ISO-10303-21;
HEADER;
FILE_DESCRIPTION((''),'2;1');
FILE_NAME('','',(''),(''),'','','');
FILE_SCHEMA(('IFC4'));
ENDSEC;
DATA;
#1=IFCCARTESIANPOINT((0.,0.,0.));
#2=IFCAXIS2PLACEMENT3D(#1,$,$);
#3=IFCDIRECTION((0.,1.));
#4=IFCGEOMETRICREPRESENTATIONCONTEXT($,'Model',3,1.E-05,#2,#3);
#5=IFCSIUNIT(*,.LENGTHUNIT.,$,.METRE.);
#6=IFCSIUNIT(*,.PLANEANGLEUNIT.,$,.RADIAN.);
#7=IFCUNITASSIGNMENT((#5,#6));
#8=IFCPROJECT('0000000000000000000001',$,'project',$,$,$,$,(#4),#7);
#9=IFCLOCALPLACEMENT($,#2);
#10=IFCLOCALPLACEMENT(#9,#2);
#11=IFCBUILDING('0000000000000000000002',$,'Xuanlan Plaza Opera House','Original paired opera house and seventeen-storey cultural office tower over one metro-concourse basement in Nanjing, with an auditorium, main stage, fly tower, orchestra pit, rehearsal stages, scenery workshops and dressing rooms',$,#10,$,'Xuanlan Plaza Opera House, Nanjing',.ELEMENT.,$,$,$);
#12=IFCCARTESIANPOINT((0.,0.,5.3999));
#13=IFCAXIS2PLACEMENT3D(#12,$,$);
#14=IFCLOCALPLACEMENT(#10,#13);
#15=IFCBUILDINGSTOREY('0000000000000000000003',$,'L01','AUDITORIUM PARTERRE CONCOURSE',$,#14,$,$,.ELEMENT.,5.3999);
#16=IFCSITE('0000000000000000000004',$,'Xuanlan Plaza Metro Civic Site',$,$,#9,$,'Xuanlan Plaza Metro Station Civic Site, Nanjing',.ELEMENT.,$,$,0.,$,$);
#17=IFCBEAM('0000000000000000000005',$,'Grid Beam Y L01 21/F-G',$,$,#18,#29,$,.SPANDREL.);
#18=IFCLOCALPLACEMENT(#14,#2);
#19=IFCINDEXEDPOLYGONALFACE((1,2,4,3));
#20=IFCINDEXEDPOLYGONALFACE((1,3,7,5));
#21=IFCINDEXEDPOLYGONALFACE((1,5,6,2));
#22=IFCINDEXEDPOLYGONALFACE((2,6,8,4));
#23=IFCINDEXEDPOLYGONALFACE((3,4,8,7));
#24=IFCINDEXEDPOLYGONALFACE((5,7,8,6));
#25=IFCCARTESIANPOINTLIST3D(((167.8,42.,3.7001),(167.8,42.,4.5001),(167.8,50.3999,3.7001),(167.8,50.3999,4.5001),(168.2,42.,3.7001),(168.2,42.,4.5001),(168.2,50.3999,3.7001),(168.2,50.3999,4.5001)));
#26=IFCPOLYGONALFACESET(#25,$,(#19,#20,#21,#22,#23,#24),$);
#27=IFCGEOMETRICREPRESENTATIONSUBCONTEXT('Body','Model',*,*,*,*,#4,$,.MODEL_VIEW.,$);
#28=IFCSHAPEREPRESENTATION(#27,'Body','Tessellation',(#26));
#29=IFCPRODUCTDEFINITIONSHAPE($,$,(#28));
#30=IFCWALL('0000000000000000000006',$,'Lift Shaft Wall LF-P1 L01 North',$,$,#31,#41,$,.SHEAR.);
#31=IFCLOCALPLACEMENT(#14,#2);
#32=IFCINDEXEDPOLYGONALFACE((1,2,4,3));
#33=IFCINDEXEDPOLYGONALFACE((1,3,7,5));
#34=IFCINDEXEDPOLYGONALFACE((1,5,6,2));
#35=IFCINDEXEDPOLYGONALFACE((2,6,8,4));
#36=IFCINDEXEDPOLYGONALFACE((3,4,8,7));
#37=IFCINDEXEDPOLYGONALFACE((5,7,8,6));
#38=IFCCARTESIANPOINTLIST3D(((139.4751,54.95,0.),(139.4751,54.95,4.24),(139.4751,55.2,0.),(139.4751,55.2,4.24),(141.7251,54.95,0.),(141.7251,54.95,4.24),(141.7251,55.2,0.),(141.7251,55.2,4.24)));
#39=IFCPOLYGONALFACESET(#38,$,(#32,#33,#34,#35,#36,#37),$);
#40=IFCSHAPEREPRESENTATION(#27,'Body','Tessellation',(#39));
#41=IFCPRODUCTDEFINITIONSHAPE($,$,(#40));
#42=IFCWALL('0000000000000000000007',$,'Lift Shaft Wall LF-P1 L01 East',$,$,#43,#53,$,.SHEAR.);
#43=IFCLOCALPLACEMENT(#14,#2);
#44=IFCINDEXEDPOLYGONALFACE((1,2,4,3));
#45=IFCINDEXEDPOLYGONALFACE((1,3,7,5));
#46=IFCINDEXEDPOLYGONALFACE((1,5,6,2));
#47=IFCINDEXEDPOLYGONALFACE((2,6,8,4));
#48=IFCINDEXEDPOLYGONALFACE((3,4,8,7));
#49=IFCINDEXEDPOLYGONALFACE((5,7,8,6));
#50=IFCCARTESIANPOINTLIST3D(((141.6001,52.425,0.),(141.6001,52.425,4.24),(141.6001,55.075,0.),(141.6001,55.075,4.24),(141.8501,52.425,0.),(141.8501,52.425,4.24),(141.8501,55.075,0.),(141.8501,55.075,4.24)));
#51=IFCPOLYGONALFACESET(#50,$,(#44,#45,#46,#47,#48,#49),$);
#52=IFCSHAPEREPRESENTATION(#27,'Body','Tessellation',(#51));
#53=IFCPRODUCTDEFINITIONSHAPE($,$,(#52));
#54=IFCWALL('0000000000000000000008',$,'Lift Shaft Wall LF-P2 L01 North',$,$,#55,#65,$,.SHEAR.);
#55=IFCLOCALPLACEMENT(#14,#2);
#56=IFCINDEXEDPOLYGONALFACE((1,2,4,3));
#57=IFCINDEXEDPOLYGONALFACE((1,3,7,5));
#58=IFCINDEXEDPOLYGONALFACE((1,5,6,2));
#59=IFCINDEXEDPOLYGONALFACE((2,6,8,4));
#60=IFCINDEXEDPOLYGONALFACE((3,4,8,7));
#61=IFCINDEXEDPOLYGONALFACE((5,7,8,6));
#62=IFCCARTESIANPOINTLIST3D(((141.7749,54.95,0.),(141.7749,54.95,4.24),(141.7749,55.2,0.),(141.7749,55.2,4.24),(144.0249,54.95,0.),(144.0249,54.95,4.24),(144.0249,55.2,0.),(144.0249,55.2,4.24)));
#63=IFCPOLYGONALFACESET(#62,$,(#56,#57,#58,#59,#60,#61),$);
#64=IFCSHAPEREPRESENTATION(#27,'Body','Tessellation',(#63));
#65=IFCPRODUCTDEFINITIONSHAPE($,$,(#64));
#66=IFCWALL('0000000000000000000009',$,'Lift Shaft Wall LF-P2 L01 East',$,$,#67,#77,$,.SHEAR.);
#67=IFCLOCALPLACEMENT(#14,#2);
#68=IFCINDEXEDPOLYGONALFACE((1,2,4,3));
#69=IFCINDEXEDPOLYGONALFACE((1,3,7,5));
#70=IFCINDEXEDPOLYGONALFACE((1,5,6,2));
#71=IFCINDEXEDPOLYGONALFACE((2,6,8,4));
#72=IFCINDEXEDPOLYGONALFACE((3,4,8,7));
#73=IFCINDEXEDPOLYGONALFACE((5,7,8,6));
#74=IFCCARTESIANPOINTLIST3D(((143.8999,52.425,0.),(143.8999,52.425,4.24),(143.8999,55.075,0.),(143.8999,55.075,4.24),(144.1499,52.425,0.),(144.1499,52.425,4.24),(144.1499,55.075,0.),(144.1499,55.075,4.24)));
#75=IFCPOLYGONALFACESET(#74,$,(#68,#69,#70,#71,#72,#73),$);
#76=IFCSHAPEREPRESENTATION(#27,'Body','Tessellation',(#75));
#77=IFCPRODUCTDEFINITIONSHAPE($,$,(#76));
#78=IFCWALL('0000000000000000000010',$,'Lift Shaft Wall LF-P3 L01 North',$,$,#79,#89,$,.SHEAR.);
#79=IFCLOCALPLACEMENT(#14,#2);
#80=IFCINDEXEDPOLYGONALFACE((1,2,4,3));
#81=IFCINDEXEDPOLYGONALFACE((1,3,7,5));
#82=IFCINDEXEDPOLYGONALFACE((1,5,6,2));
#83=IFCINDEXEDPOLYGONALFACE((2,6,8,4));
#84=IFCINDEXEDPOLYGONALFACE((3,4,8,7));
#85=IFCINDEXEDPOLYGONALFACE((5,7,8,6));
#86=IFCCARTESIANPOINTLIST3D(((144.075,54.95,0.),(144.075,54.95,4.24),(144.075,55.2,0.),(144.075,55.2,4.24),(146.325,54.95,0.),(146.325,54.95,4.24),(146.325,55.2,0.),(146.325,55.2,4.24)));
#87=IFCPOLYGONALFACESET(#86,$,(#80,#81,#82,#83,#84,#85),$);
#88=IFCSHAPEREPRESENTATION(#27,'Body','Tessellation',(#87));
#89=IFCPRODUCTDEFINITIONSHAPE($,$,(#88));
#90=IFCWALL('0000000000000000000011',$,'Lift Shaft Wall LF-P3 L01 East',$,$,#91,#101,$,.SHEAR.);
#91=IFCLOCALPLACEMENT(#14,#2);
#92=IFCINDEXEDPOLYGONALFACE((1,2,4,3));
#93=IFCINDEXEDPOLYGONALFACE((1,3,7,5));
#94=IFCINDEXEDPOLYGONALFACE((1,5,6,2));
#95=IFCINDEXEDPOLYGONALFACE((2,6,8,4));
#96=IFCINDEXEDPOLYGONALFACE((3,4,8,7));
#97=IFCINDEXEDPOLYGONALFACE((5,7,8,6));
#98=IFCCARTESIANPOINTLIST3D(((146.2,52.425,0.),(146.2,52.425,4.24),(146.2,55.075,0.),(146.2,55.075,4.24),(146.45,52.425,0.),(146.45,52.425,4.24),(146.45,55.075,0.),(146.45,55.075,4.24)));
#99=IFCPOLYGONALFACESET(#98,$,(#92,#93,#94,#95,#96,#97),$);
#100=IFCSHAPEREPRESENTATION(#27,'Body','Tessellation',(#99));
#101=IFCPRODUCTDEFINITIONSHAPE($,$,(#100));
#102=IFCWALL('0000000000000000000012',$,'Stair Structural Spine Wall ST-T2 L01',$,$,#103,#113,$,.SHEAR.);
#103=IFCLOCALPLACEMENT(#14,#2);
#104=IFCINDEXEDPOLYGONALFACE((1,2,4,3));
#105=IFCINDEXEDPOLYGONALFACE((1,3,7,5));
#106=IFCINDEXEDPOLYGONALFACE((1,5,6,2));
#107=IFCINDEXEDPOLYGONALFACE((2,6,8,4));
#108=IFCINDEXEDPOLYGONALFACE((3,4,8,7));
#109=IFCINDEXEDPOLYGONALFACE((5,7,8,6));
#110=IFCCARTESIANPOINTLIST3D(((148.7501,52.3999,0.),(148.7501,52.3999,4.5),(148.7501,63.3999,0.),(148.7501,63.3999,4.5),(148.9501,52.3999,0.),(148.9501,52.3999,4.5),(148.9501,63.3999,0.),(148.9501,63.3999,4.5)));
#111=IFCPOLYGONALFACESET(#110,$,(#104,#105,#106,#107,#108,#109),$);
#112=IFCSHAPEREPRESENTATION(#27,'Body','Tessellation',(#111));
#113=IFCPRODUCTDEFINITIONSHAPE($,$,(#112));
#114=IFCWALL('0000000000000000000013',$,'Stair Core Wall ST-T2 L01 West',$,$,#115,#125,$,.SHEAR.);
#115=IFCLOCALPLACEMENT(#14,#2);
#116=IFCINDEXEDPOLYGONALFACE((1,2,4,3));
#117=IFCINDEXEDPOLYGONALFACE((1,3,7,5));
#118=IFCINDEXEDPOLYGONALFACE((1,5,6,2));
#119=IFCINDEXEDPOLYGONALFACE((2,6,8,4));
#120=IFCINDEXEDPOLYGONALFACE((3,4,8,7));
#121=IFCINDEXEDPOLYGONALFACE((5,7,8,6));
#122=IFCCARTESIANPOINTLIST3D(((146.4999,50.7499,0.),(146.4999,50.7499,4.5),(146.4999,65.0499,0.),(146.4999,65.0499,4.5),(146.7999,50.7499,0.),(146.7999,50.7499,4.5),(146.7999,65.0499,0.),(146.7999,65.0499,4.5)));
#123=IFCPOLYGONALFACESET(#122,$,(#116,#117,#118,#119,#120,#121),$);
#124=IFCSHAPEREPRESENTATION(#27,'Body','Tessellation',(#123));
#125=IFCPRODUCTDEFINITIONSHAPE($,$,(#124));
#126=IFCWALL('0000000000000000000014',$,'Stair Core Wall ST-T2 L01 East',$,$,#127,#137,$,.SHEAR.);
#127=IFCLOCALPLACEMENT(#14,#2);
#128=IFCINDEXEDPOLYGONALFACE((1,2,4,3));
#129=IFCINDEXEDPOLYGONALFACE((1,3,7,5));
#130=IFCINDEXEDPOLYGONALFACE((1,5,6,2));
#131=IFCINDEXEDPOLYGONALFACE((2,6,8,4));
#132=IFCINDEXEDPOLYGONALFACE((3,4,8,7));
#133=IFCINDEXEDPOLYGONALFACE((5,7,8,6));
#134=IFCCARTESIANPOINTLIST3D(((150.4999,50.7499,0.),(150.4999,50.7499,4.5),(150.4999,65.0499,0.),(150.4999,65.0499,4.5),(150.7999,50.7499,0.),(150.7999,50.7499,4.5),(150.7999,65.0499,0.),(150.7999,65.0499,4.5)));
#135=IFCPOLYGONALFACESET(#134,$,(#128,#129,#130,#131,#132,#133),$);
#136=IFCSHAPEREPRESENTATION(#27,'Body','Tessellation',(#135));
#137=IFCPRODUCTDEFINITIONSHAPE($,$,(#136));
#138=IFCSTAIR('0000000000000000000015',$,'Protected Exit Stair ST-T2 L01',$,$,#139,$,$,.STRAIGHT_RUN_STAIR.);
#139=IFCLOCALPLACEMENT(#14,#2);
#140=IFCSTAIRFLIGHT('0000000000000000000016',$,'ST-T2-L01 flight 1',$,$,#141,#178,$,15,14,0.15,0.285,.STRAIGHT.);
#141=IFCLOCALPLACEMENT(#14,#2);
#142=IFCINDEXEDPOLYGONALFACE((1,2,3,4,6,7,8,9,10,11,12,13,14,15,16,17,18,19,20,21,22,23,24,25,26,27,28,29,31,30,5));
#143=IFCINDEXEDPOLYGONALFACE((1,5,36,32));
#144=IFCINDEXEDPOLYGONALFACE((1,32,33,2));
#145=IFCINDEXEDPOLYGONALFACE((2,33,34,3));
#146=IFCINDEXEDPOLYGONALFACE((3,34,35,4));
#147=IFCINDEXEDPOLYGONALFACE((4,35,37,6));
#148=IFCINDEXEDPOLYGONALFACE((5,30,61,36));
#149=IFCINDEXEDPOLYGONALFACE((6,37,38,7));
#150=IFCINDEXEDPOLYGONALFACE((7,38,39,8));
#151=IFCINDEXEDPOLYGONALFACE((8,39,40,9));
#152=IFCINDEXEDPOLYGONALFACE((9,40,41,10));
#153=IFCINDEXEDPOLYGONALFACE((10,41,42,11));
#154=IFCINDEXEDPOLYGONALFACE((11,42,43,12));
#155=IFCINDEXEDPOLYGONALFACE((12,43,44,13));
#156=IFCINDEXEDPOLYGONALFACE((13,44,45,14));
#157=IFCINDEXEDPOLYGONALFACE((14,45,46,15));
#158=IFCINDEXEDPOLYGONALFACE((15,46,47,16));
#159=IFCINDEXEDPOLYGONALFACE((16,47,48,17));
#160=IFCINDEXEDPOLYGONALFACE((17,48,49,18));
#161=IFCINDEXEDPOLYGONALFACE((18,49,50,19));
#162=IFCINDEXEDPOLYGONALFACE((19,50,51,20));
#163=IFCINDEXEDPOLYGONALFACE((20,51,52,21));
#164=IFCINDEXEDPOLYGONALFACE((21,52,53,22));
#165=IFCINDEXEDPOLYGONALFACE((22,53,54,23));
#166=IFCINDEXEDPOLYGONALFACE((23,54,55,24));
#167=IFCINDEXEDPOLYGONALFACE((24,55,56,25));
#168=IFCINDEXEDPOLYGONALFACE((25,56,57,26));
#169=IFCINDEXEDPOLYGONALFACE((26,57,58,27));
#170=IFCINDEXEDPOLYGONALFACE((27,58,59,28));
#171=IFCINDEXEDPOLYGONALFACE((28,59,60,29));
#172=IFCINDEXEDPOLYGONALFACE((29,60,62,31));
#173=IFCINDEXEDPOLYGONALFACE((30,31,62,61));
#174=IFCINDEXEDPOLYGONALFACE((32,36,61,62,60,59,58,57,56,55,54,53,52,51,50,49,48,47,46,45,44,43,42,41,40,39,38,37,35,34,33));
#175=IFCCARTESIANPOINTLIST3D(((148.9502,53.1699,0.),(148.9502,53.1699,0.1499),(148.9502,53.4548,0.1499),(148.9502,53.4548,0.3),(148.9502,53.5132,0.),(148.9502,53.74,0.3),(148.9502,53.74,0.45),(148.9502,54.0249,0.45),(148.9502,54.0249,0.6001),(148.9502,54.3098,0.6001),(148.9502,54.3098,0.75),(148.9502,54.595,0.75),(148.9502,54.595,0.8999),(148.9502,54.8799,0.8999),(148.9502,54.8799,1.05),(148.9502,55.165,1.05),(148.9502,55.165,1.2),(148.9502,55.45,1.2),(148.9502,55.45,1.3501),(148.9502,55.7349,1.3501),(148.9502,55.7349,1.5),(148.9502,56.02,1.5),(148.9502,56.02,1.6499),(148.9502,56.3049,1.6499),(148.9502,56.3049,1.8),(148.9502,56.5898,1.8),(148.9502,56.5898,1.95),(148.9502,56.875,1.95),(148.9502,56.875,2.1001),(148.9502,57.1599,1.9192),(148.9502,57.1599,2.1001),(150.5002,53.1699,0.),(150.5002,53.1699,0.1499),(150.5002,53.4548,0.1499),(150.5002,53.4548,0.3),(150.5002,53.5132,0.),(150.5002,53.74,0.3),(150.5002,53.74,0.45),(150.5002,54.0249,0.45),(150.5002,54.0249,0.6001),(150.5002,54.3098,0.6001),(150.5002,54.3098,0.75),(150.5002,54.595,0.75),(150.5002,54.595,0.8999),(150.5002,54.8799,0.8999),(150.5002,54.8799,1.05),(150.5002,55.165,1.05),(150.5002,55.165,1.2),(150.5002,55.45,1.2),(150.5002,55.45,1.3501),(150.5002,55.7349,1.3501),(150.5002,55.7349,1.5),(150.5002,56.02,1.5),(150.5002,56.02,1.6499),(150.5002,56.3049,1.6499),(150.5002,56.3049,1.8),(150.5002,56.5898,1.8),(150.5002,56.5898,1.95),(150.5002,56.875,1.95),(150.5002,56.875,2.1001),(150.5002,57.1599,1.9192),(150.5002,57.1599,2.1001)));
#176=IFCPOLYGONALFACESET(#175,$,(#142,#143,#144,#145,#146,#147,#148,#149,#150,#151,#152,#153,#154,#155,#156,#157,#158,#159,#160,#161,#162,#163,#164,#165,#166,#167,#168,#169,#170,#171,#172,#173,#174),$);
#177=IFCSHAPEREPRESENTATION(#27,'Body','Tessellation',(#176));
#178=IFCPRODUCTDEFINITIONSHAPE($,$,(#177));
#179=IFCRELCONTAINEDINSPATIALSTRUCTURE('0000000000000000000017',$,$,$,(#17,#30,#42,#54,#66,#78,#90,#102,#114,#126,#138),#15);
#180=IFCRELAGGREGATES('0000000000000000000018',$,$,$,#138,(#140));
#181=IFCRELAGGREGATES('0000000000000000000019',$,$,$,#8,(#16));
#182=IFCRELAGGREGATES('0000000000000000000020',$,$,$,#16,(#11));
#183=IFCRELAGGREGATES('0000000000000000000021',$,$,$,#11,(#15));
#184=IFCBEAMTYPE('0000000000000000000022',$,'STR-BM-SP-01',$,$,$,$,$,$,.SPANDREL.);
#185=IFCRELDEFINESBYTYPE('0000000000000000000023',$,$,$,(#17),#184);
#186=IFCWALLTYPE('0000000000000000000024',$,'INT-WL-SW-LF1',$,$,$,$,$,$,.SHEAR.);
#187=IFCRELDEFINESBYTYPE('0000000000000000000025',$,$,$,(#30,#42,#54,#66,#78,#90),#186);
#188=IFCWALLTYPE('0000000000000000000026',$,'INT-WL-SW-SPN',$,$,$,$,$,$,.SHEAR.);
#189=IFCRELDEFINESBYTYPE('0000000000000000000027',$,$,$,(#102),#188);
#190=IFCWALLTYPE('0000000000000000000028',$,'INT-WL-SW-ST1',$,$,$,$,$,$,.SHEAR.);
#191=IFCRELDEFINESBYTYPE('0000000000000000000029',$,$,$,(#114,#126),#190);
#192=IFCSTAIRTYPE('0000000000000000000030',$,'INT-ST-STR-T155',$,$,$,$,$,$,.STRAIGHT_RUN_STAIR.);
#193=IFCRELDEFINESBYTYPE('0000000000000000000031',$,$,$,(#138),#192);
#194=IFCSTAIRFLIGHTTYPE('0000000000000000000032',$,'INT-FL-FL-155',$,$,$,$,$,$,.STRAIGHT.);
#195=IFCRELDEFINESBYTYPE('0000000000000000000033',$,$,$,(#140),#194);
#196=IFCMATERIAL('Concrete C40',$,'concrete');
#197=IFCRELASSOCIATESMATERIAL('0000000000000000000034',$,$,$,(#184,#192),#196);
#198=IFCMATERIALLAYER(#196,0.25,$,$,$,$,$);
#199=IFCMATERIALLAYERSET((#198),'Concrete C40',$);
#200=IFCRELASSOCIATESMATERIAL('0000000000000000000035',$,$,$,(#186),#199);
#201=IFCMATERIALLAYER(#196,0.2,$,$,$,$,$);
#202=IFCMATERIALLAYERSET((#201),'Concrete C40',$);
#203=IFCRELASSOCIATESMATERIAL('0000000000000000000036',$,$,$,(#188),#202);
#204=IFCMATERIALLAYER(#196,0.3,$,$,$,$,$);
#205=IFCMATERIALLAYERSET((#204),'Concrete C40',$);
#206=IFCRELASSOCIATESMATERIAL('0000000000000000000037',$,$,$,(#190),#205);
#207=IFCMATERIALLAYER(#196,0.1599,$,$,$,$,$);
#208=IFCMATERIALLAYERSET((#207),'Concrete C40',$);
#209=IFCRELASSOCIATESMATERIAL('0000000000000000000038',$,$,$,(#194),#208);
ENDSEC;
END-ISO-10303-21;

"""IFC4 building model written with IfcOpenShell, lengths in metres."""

from ifc_helpers import new_model, si_unit, direction, frame, frame_2d, origin, origin_2d, place, context, subcontext, project, spatial, polyline, rectangle, outline, extrude, material, layer, layer_set, material_profile, profile_set, type_object, element, aggregate, save


model = new_model("IFC4")

# Units and contexts
model_context = context("Model", 3, precision=1e-05, world=origin(), true_north=direction((0.0, 1.0)))
body_context = subcontext(model_context, "Body", "Model", "MODEL_VIEW")
ifc_project = project(units=[si_unit("LENGTHUNIT", "METRE"), si_unit("PLANEANGLEUNIT", "RADIAN")], contexts=[model_context])

# Site, building, storey
site_placement = place(None, origin())
site = spatial("IfcSite", under=ifc_project, at=site_placement, Name="Xuanlan Plaza Metro Civic Site", LongName="Xuanlan Plaza Metro Station Civic Site, Nanjing", CompositionType="ELEMENT", RefElevation=0.0)
building_placement = place(site_placement, origin())
building = spatial("IfcBuilding", under=site, at=building_placement, Name="Xuanlan Plaza Opera House", Description="Original paired opera house and seventeen-storey cultural office tower over one metro-concourse basement in Nanjing, with an auditorium, main stage, fly tower, orchestra pit, rehearsal stages, scenery workshops and dressing rooms", LongName="Xuanlan Plaza Opera House, Nanjing", CompositionType="ELEMENT")
storey_placement = place(building_placement, frame((0.0, 0.0, 5.3999)))
storey = spatial("IfcBuildingStorey", under=building, at=storey_placement, Name="L01", Description="AUDITORIUM PARTERRE CONCOURSE", CompositionType="ELEMENT", Elevation=5.3999)

# Beam
ifc_material_1 = material(Name="Concrete C40", Category="concrete")
ifc_material_profile_1 = material_profile(ifc_material_1, rectangle(XDim=0.3999, YDim=0.8, at=origin_2d()), Name="RC-SPD 400x800")
ifc_profile_set_1 = profile_set([ifc_material_profile_1], Name="Concrete C40")
beam_type_1 = type_object("IfcBeamType", Name="STR-BM-SP-01", PredefinedType="SPANDREL", material=ifc_profile_set_1)
beam_1_placement = place(storey_placement, frame((168.0, 42.0, 4.1001), z_axis=(0.0, 1.0, 0.0), x_axis=(-1.0, 0.0, 0.0)))
element("IfcBeam", 1, at=beam_1_placement, inside=storey, type_object=beam_type_1, Name="Grid Beam Y L01 21/F-G", PredefinedType="SPANDREL", context=body_context, shape_type="SweptSolid", body=[
    extrude(rectangle(XDim=0.3999, YDim=0.8, at=origin_2d()), origin(), (0.0, 0.0, 1.0), 8.3999),
])

# Walls
ifc_layer_1 = layer(ifc_material_1, 0.25)
ifc_layer_set_1 = layer_set([ifc_layer_1], Name="Concrete C40")
wall_type_1 = type_object("IfcWallType", Name="INT-WL-SW-LF1", PredefinedType="SHEAR", material=ifc_layer_set_1)
wall_1_placement = place(storey_placement, frame((139.4751, 55.075, 0.0), z_axis=(0.0, 0.0, 1.0), x_axis=(1.0, 0.0, 0.0)))
element("IfcWall", 2, at=wall_1_placement, inside=storey, type_object=wall_type_1, Name="Lift Shaft Wall LF-P1 L01 North", PredefinedType="SHEAR", context=body_context, shape_type="SweptSolid", body=[
    extrude(rectangle(XDim=2.25, YDim=0.25, at=frame_2d((1.125, 0.0))), origin(), (0.0, 0.0, 1.0), 4.24),
])
wall_2_placement = place(storey_placement, frame((141.7251, 52.425, 0.0), z_axis=(0.0, 0.0, 1.0), x_axis=(0.0, 1.0, 0.0)))
element("IfcWall", 3, at=wall_2_placement, inside=storey, type_object=wall_type_1, Name="Lift Shaft Wall LF-P1 L01 East", PredefinedType="SHEAR", context=body_context, shape_type="SweptSolid", body=[
    extrude(rectangle(XDim=2.6499, YDim=0.25, at=frame_2d((1.325, 0.0))), origin(), (0.0, 0.0, 1.0), 4.24),
])

# Walls
wall_3_placement = place(storey_placement, frame((141.7749, 55.075, 0.0), z_axis=(0.0, 0.0, 1.0), x_axis=(1.0, 0.0, 0.0)))
element("IfcWall", 4, at=wall_3_placement, inside=storey, type_object=wall_type_1, Name="Lift Shaft Wall LF-P2 L01 North", PredefinedType="SHEAR", context=body_context, shape_type="SweptSolid", body=[
    extrude(rectangle(XDim=2.25, YDim=0.25, at=frame_2d((1.125, 0.0))), origin(), (0.0, 0.0, 1.0), 4.24),
])
wall_4_placement = place(storey_placement, frame((144.0249, 52.425, 0.0), z_axis=(0.0, 0.0, 1.0), x_axis=(0.0, 1.0, 0.0)))
element("IfcWall", 5, at=wall_4_placement, inside=storey, type_object=wall_type_1, Name="Lift Shaft Wall LF-P2 L01 East", PredefinedType="SHEAR", context=body_context, shape_type="SweptSolid", body=[
    extrude(rectangle(XDim=2.6499, YDim=0.25, at=frame_2d((1.325, 0.0))), origin(), (0.0, 0.0, 1.0), 4.24),
])

# Walls
wall_5_placement = place(storey_placement, frame((144.075, 55.075, 0.0), z_axis=(0.0, 0.0, 1.0), x_axis=(1.0, 0.0, 0.0)))
element("IfcWall", 6, at=wall_5_placement, inside=storey, type_object=wall_type_1, Name="Lift Shaft Wall LF-P3 L01 North", PredefinedType="SHEAR", context=body_context, shape_type="SweptSolid", body=[
    extrude(rectangle(XDim=2.25, YDim=0.25, at=frame_2d((1.125, 0.0))), origin(), (0.0, 0.0, 1.0), 4.24),
])
wall_6_placement = place(storey_placement, frame((146.325, 52.425, 0.0), z_axis=(0.0, 0.0, 1.0), x_axis=(0.0, 1.0, 0.0)))
element("IfcWall", 7, at=wall_6_placement, inside=storey, type_object=wall_type_1, Name="Lift Shaft Wall LF-P3 L01 East", PredefinedType="SHEAR", context=body_context, shape_type="SweptSolid", body=[
    extrude(rectangle(XDim=2.6499, YDim=0.25, at=frame_2d((1.325, 0.0))), origin(), (0.0, 0.0, 1.0), 4.24),
])
ifc_layer_2 = layer(ifc_material_1, 0.2)
ifc_layer_set_2 = layer_set([ifc_layer_2], Name="Concrete C40")
wall_type_2 = type_object("IfcWallType", Name="INT-WL-SW-SPN", PredefinedType="SHEAR", material=ifc_layer_set_2)
wall_7_placement = place(storey_placement, frame((148.8501, 52.3999, 0.0), z_axis=(0.0, 0.0, 1.0), x_axis=(0.0, 1.0, 0.0)))
element("IfcWall", 8, at=wall_7_placement, inside=storey, type_object=wall_type_2, Name="Stair Structural Spine Wall ST-T2 L01", PredefinedType="SHEAR", context=body_context, shape_type="SweptSolid", body=[
    extrude(rectangle(XDim=11.0, YDim=0.2, at=frame_2d((5.5, 0.0))), origin(), (0.0, 0.0, 1.0), 4.5),
])

# Shared definitions
ifc_layer_3 = layer(ifc_material_1, 0.3)
ifc_layer_set_3 = layer_set([ifc_layer_3], Name="Concrete C40")
wall_type_3 = type_object("IfcWallType", Name="INT-WL-SW-ST1", PredefinedType="SHEAR", material=ifc_layer_set_3)

# Walls
for number, where, z_axis, x_axis, name in (
    (9, (146.6499, 50.75, 0.0), (0.0, 0.0, 1.0), (0.0, 1.0, 0.0), "Stair Core Wall ST-T2 L01 West"),
    (10, (150.6499, 50.75, 0.0), (0.0, 0.0, 1.0), (0.0, 1.0, 0.0), "Stair Core Wall ST-T2 L01 East"),
):
    element("IfcWall", number, at=place(storey_placement, frame(where, z_axis=z_axis, x_axis=x_axis)), inside=storey, type_object=wall_type_3, Name=name, PredefinedType="SHEAR", context=body_context, shape_type="SweptSolid", body=[
        extrude(rectangle(XDim=14.3, YDim=0.3, at=frame_2d((7.1499, 0.0))), origin(), (0.0, 0.0, 1.0), 4.5),
    ])

# Stair, stair flight
stair_type = type_object("IfcStairType", Name="INT-ST-STR-T155", PredefinedType="STRAIGHT_RUN_STAIR", material=ifc_material_1)
stair_placement = place(storey_placement, origin())
stair = element("IfcStair", 11, at=stair_placement, inside=storey, type_object=stair_type, Name="Protected Exit Stair ST-T2 L01", PredefinedType="STRAIGHT_RUN_STAIR")
ifc_layer_4 = layer(ifc_material_1, 0.1599)
ifc_layer_set_4 = layer_set([ifc_layer_4], Name="Concrete C40")
stair_flight_type = type_object("IfcStairFlightType", Name="INT-FL-FL-155", PredefinedType="STRAIGHT", material=ifc_layer_set_4)
stair_flight_placement = place(storey_placement, frame((149.7251, 53.1699, 0.0), z_axis=(0.0, 0.0, 1.0), x_axis=(0.0, 1.0, 0.0)))
stair_flight = element("IfcStairFlight", 12, at=stair_flight_placement, type_object=stair_flight_type, Name="ST-T2-L01 flight 1", NumberOfRisers=15, NumberOfTreads=14, PredefinedType="STRAIGHT", RiserHeight=0.15, TreadLength=0.285, context=body_context, shape_type="SweptSolid", body=[
    extrude(outline(polyline([(0.0, 0.0), (0.0, 0.1499), (0.2849, 0.1499), (0.2849, 0.3), (0.5701, 0.3), (0.5701, 0.45), (0.855, 0.45), (0.855, 0.6001), (1.1399, 0.6001), (1.1399, 0.75), (1.425, 0.75), (1.425, 0.8999), (1.71, 0.8999), (1.71, 1.05), (1.9951, 1.05), (1.9951, 1.2), (2.28, 1.2), (2.28, 1.3501), (2.5649, 1.3501), (2.5649, 1.5), (2.8501, 1.5), (2.8501, 1.6499), (3.135, 1.6499), (3.135, 1.8), (3.4199, 1.8), (3.4199, 1.95), (3.7051, 1.95), (3.7051, 2.1001), (3.99, 2.1001), (3.99, 2.25), (3.99, 1.9192), (0.3433, 0.0), (0.0, 0.0)])), frame((0.0, 0.7749, 0.0), z_axis=(0.0, -1.0, 0.0), x_axis=(1.0, 0.0, 0.0)), (0.0, 0.0, 1.0), 1.55),
])
aggregate(stair, [stair_flight])

save(model, "model.ifc")
